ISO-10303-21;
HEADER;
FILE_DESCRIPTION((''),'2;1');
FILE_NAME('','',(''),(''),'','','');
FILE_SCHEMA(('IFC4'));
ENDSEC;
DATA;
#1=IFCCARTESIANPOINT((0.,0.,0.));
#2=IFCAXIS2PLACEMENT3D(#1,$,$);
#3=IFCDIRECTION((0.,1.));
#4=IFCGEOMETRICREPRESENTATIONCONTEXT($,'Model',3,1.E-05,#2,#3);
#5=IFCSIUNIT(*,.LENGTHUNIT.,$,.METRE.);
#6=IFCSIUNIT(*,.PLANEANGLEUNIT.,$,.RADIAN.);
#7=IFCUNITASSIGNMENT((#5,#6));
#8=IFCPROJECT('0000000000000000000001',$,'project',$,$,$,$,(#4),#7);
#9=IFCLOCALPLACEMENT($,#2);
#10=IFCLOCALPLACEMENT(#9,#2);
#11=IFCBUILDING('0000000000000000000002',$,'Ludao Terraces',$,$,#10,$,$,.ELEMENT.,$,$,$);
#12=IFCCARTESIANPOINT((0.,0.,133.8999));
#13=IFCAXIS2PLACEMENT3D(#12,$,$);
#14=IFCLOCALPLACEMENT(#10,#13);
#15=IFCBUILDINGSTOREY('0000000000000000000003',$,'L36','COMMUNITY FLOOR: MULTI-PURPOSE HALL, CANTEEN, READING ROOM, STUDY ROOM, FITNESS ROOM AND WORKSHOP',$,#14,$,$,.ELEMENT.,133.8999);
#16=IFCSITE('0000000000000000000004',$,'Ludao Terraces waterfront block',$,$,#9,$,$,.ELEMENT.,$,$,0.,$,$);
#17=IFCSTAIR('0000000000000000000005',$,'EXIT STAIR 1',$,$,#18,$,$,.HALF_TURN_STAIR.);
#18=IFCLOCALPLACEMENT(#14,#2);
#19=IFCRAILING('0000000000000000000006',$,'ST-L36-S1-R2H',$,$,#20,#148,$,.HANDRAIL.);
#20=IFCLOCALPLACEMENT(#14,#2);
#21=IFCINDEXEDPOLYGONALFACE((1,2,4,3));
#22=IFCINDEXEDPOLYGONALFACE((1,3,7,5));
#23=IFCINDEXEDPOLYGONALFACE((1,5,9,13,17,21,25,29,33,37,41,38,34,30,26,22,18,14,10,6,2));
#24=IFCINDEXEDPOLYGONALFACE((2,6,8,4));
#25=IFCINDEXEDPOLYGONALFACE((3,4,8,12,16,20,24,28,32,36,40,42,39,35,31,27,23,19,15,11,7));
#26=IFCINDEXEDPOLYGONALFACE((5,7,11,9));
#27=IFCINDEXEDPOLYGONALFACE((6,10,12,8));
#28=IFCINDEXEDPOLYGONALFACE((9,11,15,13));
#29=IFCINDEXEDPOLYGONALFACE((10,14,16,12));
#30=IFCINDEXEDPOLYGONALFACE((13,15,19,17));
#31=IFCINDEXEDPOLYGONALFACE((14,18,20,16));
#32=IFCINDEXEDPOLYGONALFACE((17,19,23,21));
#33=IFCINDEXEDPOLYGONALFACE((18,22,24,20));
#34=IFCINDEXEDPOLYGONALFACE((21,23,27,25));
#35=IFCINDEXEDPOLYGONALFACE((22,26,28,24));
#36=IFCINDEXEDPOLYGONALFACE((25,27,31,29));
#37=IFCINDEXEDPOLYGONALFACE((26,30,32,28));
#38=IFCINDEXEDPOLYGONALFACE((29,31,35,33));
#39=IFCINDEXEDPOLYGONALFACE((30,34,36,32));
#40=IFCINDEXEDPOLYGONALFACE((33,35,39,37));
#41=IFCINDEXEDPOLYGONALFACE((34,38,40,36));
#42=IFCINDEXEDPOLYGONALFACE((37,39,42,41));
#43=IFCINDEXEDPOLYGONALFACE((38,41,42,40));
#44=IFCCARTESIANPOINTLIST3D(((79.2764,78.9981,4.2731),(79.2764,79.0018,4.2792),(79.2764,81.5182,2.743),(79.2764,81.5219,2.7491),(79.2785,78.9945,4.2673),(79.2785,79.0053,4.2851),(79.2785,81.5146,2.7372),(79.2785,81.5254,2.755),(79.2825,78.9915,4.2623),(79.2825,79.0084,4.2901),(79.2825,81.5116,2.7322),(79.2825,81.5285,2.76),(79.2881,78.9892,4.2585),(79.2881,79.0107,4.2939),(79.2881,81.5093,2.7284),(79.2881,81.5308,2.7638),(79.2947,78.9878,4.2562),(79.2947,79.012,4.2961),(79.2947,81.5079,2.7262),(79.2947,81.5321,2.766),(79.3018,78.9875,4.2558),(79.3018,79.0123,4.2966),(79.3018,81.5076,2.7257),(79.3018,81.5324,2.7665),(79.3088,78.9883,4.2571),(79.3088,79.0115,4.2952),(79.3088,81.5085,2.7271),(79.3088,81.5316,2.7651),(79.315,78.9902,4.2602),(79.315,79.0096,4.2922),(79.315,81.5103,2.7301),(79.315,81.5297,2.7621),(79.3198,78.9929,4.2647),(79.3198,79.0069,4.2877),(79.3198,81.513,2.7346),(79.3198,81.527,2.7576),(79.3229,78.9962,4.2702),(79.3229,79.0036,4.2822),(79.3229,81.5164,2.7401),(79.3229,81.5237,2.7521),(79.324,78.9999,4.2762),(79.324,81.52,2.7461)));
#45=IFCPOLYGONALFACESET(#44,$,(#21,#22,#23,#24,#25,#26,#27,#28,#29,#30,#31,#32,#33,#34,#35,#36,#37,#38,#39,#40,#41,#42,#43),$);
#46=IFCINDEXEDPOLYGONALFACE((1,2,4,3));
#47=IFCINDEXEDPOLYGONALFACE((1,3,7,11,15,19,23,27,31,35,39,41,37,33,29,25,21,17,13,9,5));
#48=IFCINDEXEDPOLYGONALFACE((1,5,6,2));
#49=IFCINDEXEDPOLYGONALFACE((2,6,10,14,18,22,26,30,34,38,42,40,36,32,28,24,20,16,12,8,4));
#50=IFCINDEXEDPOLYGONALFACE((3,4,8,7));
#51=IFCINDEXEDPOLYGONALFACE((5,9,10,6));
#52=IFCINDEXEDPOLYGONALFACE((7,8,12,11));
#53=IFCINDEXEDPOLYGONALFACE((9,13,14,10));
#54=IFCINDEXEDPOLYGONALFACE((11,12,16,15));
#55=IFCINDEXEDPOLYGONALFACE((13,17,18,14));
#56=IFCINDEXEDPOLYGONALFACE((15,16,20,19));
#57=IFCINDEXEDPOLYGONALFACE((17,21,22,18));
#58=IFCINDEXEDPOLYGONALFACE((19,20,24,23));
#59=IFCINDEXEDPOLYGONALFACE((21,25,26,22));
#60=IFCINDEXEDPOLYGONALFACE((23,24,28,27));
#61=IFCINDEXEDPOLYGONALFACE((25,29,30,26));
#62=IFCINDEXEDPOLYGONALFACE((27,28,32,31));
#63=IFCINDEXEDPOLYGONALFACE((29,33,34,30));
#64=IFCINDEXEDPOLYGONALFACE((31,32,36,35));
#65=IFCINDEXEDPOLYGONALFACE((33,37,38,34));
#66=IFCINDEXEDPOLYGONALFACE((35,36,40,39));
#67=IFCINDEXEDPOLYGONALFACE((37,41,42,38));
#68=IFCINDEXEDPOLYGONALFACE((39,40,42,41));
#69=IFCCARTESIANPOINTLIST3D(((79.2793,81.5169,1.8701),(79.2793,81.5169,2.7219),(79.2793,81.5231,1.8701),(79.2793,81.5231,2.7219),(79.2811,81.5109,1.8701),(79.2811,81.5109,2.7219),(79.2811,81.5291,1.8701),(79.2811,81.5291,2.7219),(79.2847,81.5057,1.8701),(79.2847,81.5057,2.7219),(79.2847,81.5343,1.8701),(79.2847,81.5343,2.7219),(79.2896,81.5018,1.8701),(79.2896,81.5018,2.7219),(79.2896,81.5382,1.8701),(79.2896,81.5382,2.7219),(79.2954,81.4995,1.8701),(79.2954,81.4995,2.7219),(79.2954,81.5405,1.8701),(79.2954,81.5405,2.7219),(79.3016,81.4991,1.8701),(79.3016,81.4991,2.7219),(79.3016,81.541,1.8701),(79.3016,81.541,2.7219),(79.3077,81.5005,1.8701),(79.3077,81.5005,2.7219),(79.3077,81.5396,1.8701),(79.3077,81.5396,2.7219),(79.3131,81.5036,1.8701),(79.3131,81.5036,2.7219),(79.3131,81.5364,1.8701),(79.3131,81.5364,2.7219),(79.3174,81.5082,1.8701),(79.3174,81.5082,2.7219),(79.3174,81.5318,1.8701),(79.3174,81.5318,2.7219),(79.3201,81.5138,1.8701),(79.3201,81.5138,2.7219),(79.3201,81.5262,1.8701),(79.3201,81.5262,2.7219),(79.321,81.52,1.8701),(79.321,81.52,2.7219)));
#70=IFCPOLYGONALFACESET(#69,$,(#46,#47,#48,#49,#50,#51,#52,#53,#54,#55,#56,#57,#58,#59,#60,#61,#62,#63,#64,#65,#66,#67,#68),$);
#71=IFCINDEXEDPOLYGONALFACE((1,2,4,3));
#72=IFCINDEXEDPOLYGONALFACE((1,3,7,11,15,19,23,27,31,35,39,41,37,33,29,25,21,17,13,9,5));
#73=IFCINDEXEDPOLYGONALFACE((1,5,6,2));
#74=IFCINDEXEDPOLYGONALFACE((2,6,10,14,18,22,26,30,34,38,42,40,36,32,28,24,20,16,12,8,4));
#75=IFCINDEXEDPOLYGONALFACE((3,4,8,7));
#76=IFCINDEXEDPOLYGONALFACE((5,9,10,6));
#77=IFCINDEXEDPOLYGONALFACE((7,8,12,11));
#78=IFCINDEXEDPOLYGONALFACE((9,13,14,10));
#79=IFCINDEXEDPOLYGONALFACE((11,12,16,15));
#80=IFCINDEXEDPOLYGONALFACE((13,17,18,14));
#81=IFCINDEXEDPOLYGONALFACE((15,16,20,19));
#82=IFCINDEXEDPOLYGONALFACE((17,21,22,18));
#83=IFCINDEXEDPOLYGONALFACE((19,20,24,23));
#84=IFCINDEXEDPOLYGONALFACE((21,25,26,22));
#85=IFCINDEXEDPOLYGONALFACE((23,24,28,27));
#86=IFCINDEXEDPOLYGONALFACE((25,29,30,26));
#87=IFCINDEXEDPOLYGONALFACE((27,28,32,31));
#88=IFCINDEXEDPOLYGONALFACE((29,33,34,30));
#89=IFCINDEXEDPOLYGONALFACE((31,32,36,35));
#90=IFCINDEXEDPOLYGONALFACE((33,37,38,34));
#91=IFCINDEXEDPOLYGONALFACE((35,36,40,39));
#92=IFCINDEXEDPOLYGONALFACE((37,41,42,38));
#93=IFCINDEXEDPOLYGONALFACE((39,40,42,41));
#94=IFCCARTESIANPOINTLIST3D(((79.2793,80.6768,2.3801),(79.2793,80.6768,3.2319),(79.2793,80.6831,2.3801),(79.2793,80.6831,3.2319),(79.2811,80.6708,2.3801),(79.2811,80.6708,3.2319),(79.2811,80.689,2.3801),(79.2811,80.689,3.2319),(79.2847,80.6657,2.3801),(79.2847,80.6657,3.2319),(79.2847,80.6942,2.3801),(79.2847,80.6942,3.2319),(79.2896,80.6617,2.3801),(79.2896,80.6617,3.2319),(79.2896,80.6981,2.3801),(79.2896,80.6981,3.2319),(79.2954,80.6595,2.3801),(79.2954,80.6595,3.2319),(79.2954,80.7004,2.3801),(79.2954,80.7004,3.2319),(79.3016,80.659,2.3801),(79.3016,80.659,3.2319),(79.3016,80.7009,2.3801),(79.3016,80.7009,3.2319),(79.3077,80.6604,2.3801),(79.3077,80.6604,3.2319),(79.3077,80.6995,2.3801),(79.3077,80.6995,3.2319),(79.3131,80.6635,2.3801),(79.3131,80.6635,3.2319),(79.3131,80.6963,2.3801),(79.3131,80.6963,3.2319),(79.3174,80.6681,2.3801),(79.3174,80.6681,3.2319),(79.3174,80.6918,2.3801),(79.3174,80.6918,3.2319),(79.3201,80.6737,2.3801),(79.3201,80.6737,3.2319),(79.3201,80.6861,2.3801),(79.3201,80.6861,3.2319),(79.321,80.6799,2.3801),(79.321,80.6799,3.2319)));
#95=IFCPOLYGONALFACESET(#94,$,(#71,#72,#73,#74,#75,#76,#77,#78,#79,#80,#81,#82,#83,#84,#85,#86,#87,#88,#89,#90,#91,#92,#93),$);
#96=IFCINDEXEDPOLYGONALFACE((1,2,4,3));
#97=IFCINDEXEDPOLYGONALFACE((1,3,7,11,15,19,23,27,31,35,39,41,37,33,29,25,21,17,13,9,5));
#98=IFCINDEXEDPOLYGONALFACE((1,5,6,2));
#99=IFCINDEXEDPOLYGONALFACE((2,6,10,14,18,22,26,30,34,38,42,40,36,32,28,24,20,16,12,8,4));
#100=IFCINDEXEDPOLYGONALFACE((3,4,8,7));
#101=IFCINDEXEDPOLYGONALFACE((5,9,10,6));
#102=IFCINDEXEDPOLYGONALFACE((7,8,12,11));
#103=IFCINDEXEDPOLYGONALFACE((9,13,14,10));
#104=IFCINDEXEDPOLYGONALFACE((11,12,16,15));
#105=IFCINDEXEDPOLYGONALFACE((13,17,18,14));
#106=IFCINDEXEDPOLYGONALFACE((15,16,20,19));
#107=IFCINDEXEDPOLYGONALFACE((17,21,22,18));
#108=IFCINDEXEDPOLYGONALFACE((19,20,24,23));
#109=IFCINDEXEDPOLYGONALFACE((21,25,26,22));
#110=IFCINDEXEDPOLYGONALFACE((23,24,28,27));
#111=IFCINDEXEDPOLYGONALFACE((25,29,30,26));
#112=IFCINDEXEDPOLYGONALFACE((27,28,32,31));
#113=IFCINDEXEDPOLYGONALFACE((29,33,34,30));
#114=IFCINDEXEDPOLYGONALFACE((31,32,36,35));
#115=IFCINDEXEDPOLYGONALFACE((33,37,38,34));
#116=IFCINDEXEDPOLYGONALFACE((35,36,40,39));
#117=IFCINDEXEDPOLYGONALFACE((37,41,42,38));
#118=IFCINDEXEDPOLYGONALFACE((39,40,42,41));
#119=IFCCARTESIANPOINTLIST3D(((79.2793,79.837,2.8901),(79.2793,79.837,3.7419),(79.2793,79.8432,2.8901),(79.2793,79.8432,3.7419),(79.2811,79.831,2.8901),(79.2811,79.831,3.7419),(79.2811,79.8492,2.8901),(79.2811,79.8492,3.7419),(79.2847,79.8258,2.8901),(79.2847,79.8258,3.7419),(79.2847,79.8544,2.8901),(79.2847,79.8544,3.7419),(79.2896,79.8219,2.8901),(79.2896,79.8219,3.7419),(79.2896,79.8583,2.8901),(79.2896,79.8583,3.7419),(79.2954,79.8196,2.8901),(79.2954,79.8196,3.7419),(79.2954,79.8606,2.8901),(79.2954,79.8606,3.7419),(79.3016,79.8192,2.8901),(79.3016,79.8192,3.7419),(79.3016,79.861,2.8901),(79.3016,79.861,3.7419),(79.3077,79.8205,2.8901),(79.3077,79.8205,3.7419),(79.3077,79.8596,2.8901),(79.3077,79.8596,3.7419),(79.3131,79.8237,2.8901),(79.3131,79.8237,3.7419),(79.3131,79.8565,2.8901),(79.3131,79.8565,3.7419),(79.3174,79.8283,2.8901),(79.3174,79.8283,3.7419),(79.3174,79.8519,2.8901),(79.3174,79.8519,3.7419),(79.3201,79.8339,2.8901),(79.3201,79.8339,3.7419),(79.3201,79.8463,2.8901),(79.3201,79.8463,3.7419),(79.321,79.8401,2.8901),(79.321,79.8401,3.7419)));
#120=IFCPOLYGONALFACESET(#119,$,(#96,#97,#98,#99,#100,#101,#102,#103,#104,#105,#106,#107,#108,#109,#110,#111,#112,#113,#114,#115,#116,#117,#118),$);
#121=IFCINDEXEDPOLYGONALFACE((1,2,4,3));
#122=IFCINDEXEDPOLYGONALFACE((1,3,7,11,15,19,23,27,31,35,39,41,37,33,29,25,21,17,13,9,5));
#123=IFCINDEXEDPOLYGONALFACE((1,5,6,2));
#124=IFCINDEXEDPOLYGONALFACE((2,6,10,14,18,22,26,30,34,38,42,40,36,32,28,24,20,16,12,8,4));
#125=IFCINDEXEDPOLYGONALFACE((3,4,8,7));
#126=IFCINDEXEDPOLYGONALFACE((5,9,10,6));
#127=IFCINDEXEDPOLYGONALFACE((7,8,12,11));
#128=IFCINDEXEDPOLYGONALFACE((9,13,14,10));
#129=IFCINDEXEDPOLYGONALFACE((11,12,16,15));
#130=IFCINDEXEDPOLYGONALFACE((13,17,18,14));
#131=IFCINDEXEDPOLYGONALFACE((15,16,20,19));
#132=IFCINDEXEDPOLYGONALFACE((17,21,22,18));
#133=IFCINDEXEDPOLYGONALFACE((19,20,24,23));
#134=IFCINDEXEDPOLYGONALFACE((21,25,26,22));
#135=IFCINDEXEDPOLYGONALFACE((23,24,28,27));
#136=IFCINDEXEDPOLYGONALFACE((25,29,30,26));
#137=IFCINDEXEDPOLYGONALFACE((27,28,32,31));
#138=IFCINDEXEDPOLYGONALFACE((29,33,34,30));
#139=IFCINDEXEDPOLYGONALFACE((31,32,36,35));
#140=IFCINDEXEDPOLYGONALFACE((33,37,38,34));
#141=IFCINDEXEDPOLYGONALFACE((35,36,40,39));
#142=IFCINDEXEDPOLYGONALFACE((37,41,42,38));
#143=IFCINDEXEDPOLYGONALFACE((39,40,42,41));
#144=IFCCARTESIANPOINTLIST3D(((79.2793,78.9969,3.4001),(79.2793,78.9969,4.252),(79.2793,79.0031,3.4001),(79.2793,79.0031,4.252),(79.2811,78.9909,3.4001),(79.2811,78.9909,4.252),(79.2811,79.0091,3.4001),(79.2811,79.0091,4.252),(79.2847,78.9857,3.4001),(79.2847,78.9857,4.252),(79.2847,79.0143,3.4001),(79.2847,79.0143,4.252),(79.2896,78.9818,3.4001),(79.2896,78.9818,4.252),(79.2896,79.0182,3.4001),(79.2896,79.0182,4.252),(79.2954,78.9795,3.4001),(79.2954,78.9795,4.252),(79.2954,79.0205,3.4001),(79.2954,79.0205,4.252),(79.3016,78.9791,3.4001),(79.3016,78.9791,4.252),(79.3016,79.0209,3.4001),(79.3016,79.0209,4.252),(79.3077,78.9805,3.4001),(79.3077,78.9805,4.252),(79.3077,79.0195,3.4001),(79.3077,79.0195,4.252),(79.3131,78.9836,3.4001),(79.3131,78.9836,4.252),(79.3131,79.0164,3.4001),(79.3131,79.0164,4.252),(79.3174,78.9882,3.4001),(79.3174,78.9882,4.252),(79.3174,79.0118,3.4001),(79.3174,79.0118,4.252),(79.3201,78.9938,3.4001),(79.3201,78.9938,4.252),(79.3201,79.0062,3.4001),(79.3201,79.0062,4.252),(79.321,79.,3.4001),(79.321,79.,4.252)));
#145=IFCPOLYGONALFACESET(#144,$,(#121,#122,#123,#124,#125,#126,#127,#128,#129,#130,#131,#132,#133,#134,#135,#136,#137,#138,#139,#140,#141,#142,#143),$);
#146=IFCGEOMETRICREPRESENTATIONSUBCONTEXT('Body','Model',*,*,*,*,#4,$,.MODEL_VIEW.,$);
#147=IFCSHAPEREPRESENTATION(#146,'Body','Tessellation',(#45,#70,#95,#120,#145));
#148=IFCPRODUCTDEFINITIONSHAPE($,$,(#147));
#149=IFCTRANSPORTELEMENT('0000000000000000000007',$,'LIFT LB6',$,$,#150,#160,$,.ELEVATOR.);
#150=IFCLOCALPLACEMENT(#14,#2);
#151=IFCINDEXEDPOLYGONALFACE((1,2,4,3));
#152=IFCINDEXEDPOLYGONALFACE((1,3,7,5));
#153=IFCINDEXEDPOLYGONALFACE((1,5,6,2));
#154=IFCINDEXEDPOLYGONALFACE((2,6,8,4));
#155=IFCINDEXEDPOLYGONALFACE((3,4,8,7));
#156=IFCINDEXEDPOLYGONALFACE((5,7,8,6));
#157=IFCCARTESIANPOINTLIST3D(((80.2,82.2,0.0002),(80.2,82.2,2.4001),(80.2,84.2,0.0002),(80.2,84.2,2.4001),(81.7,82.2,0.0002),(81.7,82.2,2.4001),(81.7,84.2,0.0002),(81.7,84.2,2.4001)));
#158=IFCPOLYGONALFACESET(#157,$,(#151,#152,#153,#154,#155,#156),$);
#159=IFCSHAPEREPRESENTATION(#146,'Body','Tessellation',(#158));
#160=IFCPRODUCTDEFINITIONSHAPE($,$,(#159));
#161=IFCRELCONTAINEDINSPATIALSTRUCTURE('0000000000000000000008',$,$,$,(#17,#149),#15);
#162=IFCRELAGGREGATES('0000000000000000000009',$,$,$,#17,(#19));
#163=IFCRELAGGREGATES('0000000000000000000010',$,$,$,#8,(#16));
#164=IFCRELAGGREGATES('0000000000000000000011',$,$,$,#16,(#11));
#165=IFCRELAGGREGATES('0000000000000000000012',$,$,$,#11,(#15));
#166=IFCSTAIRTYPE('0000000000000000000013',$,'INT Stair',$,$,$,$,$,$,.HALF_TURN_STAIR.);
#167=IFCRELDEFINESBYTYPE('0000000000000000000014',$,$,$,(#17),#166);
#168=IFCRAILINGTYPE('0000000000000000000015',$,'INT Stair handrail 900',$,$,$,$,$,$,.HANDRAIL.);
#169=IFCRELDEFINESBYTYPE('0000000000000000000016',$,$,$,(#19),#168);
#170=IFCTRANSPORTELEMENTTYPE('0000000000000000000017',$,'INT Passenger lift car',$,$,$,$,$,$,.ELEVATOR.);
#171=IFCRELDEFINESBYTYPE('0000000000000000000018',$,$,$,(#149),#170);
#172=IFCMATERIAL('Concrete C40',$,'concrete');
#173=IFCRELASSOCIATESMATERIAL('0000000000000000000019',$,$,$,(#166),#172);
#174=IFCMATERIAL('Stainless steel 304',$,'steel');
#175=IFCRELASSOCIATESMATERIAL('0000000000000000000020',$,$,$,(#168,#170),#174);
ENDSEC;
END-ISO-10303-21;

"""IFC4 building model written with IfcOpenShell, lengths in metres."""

from ifc_helpers import new_model, si_unit, direction, frame, origin, origin_2d, place, context, subcontext, project, spatial, rectangle, circle, extrude, material, type_object, element, aggregate, save


model = new_model("IFC4")

# Units and contexts
model_context = context("Model", 3, precision=1e-05, world=origin(), true_north=direction((0.0, 1.0)))
body_context = subcontext(model_context, "Body", "Model", "MODEL_VIEW")
ifc_project = project(units=[si_unit("LENGTHUNIT", "METRE"), si_unit("PLANEANGLEUNIT", "RADIAN")], contexts=[model_context])

# Site, building, storey
site_placement = place(None, origin())
site = spatial("IfcSite", under=ifc_project, at=site_placement, Name="Ludao Terraces waterfront block", CompositionType="ELEMENT", RefElevation=0.0)
building_placement = place(site_placement, origin())
building = spatial("IfcBuilding", under=site, at=building_placement, Name="Ludao Terraces", CompositionType="ELEMENT")
storey_placement = place(building_placement, frame((0.0, 0.0, 133.8999)))
storey = spatial("IfcBuildingStorey", under=building, at=storey_placement, Name="L36", Description="COMMUNITY FLOOR: MULTI-PURPOSE HALL, CANTEEN, READING ROOM, STUDY ROOM, FITNESS ROOM AND WORKSHOP", CompositionType="ELEMENT", Elevation=133.8999)

# Shared definitions
ifc_material_1 = material(Name="Stainless steel 304", Category="steel")

# Stair, railing
ifc_material_2 = material(Name="Concrete C40", Category="concrete")
stair_type = type_object("IfcStairType", Name="INT Stair", PredefinedType="HALF_TURN_STAIR", material=ifc_material_2)
stair_placement = place(storey_placement, origin())
stair = element("IfcStair", 1, at=stair_placement, inside=storey, type_object=stair_type, Name="EXIT STAIR 1", PredefinedType="HALF_TURN_STAIR")
railing_type_1 = type_object("IfcRailingType", Name="INT Stair handrail 900", PredefinedType="HANDRAIL", material=ifc_material_1)
railing_1_placement = place(storey_placement, frame((79.3, 81.52, 1.8701)))
railing_1 = element("IfcRailing", 2, at=railing_1_placement, type_object=railing_type_1, Name="ST-L36-S1-R2H", PredefinedType="HANDRAIL", context=body_context, shape_type="SweptSolid", body=[
    extrude(circle(Radius=0.0239, at=origin_2d()), frame((0.0, 0.0, 0.876), z_axis=(0.0, -0.854785, 0.518982), x_axis=(1.0, 0.0, 0.0)), (0.0, 0.0, 1.0), 2.9482),
    extrude(circle(Radius=0.021, at=origin_2d()), origin(), (0.0, 0.0, 1.0), 0.8518),
    extrude(circle(Radius=0.021, at=origin_2d()), frame((0.0, -0.8401, 0.51)), (0.0, 0.0, 1.0), 0.8518),
    extrude(circle(Radius=0.021, at=origin_2d()), frame((0.0, -1.6799, 1.02)), (0.0, 0.0, 1.0), 0.8518),
    extrude(circle(Radius=0.021, at=origin_2d()), frame((0.0, -2.52, 1.53)), (0.0, 0.0, 1.0), 0.8518),
])
aggregate(stair, [railing_1])

# Transport element
transport_element_type = type_object("IfcTransportElementType", Name="INT Passenger lift car", PredefinedType="ELEVATOR", material=ifc_material_1)
transport_element_placement = place(storey_placement, frame((80.95, 83.2, 0.0002), z_axis=(0.0, 0.0, 1.0), x_axis=(1.0, 0.0, 0.0)))
element("IfcTransportElement", 3, at=transport_element_placement, inside=storey, type_object=transport_element_type, Name="LIFT LB6", PredefinedType="ELEVATOR", context=body_context, shape_type="SweptSolid", body=[
    extrude(rectangle(XDim=1.5, YDim=2.0, at=origin_2d()), origin(), (0.0, 0.0, 1.0), 2.3999),
])

save(model, "model.ifc")
